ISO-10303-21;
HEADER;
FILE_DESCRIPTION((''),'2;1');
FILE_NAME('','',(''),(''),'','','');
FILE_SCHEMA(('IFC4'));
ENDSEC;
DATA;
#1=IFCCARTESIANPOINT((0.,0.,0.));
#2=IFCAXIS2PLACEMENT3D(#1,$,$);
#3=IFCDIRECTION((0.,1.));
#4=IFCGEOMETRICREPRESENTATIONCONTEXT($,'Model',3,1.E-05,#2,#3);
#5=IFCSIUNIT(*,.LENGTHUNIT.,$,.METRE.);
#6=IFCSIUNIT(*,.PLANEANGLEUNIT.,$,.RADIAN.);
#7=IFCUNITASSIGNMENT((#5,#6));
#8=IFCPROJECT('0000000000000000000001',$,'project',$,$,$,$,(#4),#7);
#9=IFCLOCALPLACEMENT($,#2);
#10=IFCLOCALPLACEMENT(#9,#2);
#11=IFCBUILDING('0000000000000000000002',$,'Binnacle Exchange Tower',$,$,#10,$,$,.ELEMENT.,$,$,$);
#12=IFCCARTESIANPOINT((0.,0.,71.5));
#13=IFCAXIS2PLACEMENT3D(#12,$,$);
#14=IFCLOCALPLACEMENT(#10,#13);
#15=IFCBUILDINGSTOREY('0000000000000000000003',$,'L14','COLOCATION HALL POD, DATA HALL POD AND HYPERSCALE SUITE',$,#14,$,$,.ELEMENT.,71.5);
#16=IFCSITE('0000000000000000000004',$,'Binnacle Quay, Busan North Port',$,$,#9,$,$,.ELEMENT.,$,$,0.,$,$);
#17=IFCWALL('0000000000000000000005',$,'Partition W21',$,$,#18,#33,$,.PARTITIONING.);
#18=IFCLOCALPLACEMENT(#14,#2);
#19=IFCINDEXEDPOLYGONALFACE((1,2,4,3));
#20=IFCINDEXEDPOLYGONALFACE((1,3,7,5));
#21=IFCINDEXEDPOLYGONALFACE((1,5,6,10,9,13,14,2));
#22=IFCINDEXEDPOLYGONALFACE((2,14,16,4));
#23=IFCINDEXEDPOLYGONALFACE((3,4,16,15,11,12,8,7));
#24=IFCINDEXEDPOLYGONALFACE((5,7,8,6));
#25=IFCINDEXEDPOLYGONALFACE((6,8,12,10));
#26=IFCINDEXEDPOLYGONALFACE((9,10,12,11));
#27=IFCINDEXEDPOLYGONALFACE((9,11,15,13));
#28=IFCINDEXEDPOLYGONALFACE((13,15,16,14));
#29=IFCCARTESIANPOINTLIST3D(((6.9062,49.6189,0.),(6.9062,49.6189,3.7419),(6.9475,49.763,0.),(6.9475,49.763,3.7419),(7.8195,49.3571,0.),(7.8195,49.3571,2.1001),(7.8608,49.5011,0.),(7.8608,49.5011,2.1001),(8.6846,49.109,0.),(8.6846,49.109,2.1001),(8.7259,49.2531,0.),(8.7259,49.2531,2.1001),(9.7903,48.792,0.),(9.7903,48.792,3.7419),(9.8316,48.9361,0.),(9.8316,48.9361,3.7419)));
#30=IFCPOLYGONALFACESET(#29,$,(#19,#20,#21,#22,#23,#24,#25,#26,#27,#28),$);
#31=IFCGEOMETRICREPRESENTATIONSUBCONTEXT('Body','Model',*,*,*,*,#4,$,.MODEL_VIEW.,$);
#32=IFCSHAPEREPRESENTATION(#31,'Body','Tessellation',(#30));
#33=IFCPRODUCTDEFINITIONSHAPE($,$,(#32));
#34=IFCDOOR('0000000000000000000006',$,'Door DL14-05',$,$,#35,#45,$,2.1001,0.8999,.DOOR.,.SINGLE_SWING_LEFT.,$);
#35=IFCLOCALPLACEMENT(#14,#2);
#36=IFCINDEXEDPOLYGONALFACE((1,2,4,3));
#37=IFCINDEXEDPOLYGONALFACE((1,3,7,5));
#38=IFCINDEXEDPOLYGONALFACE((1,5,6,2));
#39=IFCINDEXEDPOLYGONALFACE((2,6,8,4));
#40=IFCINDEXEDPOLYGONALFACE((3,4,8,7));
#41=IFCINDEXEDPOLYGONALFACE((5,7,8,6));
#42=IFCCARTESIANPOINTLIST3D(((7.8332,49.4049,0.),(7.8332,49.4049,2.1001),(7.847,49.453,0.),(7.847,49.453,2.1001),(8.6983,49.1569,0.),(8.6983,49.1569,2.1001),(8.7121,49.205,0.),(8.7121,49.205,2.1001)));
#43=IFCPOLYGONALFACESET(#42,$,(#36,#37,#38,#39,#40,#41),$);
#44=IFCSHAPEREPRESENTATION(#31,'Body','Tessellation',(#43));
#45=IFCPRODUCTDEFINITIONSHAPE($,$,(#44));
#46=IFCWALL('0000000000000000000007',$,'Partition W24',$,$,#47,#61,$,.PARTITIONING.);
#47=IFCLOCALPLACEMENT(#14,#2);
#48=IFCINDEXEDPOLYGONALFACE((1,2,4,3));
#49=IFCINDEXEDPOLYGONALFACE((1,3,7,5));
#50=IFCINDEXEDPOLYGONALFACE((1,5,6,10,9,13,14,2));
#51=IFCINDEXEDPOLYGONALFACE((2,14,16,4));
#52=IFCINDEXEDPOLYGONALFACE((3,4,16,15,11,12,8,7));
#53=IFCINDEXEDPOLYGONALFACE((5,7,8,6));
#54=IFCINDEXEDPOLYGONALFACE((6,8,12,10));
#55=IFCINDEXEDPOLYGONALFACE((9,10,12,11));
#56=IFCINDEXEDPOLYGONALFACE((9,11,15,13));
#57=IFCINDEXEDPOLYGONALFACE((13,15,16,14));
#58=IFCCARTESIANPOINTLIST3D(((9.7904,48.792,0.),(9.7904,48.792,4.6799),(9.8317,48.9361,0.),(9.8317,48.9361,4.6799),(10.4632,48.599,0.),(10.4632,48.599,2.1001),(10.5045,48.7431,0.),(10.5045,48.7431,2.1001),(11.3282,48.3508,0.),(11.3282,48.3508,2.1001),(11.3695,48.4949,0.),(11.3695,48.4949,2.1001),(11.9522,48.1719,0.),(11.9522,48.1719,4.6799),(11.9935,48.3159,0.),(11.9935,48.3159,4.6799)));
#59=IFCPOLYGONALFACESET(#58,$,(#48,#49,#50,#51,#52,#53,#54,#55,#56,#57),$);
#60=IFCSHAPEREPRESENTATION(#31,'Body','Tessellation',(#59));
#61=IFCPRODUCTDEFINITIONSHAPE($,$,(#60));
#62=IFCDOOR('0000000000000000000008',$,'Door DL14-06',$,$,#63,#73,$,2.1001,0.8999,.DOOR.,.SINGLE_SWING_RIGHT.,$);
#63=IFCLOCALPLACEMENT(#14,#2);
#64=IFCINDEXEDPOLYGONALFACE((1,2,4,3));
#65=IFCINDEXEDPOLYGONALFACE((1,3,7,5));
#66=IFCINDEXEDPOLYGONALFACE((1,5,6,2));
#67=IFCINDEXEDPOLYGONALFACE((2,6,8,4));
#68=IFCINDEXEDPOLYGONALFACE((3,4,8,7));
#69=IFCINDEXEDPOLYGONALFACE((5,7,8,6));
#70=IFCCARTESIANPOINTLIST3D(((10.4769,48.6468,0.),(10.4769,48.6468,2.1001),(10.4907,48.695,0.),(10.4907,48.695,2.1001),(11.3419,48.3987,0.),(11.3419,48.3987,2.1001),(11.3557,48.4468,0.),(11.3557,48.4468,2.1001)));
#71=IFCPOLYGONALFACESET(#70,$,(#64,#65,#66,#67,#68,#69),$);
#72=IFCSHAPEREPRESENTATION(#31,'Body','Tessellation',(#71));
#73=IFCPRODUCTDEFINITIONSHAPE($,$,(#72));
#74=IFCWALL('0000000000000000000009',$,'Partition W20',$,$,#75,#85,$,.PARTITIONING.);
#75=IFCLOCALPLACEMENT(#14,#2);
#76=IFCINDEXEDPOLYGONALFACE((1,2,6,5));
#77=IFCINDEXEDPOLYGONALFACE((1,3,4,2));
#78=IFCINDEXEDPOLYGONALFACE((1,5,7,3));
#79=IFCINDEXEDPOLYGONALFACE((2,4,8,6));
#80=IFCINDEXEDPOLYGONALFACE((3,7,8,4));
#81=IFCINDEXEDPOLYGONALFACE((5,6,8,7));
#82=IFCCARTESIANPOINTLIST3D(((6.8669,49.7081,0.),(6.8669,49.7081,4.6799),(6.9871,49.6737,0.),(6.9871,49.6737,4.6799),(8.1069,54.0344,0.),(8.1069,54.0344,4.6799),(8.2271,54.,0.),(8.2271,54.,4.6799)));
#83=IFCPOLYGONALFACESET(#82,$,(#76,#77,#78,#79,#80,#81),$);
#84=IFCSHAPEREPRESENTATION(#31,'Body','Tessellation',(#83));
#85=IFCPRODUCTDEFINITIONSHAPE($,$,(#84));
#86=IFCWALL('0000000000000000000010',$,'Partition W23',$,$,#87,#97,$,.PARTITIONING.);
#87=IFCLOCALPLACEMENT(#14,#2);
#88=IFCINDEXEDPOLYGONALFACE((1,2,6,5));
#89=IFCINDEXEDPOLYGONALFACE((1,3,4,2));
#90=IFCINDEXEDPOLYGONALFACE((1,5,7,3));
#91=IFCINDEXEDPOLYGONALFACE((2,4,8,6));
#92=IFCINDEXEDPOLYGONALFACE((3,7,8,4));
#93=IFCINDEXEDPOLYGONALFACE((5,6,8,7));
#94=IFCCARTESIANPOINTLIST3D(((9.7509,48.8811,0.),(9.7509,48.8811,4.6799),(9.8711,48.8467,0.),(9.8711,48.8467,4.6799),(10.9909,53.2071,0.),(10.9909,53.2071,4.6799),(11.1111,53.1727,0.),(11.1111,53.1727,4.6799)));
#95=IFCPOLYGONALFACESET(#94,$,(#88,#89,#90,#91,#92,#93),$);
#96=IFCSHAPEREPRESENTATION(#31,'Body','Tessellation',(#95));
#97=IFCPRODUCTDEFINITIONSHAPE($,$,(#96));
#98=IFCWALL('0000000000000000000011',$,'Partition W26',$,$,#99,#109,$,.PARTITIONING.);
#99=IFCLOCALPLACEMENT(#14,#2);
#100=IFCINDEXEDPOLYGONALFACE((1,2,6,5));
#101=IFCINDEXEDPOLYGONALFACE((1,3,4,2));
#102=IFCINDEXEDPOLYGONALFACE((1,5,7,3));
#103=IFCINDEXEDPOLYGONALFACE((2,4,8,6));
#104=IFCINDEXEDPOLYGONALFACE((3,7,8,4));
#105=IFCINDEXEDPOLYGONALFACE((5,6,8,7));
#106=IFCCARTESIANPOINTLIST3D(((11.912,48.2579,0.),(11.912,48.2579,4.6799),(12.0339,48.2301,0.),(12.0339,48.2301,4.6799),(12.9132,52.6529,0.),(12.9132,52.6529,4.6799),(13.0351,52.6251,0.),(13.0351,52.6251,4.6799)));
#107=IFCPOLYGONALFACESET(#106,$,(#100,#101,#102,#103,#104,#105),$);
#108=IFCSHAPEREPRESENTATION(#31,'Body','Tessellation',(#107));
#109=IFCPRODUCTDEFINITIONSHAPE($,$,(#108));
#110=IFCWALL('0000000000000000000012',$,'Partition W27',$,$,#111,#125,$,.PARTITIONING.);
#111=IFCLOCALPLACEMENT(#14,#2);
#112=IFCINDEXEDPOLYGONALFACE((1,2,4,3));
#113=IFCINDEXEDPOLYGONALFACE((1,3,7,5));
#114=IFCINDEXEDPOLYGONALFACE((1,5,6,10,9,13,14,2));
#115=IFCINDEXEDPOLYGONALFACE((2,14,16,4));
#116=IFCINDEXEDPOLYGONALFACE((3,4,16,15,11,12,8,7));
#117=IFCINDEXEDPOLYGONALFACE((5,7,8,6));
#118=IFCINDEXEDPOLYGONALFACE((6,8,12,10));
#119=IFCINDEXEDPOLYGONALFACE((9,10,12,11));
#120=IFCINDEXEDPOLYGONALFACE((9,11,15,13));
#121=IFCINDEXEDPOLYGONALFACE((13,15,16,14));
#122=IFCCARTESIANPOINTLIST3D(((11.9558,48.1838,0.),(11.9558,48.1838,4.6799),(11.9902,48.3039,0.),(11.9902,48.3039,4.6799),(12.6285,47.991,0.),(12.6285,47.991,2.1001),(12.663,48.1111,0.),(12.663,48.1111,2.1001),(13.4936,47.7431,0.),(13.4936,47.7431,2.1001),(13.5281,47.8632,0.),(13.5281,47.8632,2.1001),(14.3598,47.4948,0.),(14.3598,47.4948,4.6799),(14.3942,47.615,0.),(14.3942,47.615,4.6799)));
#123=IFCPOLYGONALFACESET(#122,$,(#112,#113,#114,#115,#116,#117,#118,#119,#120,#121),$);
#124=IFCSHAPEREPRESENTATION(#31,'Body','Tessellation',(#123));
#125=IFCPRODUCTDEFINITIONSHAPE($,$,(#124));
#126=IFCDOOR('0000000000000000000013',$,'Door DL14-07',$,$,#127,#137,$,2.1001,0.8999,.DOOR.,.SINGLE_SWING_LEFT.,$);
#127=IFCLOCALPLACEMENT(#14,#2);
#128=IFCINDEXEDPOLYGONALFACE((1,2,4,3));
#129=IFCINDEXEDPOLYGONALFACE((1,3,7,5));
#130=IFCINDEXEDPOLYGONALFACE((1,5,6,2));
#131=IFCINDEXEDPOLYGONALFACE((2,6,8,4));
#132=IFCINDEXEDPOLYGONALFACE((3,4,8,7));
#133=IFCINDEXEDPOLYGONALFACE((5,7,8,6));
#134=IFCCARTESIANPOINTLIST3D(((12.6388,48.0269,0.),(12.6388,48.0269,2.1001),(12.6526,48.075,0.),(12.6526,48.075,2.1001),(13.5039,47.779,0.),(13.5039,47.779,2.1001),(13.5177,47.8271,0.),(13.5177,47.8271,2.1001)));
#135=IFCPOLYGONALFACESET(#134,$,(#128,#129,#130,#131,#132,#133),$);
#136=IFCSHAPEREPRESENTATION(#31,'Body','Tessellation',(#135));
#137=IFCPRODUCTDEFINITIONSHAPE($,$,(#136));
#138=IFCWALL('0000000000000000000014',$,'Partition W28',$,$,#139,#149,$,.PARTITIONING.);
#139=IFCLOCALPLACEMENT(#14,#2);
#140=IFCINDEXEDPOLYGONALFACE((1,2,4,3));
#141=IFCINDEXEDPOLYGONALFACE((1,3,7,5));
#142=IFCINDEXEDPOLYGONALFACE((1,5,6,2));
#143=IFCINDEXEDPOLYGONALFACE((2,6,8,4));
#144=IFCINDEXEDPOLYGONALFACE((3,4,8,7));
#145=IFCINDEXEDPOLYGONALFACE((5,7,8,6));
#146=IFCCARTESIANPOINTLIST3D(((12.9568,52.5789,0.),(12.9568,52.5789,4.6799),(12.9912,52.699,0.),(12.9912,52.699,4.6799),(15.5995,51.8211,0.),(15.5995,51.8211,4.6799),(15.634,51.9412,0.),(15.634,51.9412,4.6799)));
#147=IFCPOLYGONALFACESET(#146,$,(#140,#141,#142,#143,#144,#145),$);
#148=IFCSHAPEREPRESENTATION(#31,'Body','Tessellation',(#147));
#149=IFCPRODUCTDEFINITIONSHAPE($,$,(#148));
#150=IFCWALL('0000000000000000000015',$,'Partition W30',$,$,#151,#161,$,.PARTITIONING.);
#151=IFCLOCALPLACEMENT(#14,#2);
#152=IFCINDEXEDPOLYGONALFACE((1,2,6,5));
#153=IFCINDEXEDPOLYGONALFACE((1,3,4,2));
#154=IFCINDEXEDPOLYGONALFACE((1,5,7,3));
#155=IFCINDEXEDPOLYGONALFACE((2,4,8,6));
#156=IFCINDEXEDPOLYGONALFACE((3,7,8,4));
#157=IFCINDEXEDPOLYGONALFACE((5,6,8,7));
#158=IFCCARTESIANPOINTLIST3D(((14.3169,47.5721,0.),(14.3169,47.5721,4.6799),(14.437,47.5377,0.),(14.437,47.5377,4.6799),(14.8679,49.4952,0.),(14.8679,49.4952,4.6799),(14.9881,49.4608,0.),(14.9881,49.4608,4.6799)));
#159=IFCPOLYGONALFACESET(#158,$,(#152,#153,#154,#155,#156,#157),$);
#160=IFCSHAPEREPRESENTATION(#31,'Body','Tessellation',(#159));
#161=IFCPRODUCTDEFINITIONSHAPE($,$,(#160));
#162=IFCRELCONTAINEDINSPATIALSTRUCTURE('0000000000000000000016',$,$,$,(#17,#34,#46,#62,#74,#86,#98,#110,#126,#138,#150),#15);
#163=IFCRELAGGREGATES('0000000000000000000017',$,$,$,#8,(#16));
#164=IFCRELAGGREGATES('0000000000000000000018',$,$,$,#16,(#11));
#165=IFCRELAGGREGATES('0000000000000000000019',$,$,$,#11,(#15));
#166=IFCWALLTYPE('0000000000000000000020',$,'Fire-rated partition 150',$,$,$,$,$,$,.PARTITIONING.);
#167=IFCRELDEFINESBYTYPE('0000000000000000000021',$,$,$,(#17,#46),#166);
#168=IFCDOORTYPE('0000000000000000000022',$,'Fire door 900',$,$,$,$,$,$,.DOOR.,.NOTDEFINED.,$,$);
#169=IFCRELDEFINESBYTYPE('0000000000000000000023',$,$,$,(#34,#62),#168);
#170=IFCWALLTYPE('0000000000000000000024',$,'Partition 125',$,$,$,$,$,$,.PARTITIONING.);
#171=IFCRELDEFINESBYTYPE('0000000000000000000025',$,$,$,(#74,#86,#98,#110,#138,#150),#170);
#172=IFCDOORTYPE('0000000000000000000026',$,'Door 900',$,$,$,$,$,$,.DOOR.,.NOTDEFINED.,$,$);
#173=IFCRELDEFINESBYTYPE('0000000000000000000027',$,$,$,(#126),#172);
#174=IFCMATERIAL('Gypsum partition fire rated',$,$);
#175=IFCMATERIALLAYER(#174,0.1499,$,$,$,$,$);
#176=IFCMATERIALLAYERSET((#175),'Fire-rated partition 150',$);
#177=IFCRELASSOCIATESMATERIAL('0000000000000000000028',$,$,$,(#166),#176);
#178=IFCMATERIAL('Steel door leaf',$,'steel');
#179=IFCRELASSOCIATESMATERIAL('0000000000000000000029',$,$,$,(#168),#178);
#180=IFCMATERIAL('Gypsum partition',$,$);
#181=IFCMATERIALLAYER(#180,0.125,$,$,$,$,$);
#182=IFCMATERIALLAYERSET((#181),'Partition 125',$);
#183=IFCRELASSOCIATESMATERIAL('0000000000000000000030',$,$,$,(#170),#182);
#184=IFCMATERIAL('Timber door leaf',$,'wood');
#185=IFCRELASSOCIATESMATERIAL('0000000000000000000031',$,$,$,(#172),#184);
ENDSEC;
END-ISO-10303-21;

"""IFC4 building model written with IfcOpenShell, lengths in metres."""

from ifc_helpers import new_model, si_unit, direction, frame, frame_2d, origin, place, context, subcontext, project, spatial, rectangle, extrude, material, layer, layer_set, type_object, element, fill, save


model = new_model("IFC4")

# Units and contexts
model_context = context("Model", 3, precision=1e-05, world=origin(), true_north=direction((0.0, 1.0)))
body_context = subcontext(model_context, "Body", "Model", "MODEL_VIEW")
ifc_project = project(units=[si_unit("LENGTHUNIT", "METRE"), si_unit("PLANEANGLEUNIT", "RADIAN")], contexts=[model_context])

# Site, building, storey
site_placement = place(None, origin())
site = spatial("IfcSite", under=ifc_project, at=site_placement, Name="Binnacle Quay, Busan North Port", CompositionType="ELEMENT", RefElevation=0.0)
building_placement = place(site_placement, origin())
building = spatial("IfcBuilding", under=site, at=building_placement, Name="Binnacle Exchange Tower", CompositionType="ELEMENT")
storey_placement = place(building_placement, frame((0.0, 0.0, 71.5)))
storey = spatial("IfcBuildingStorey", under=building, at=storey_placement, Name="L14", Description="COLOCATION HALL POD, DATA HALL POD AND HYPERSCALE SUITE", CompositionType="ELEMENT", Elevation=71.5)

# Walls, openings, doors
ifc_material_1 = material(Name="Gypsum partition fire rated")
ifc_layer_1 = layer(ifc_material_1, 0.1499)
ifc_layer_set_1 = layer_set([ifc_layer_1], Name="Fire-rated partition 150")
wall_type_1 = type_object("IfcWallType", Name="Fire-rated partition 150", PredefinedType="PARTITIONING", material=ifc_layer_set_1)
ifc_material_2 = material(Name="Steel door leaf", Category="steel")
door_type_1 = type_object("IfcDoorType", Name="Fire door 900", OperationType="NOTDEFINED", PredefinedType="DOOR", material=ifc_material_2)
wall_1_placement = place(storey_placement, frame((6.927, 49.6909, 0.0), z_axis=(0.0, 0.0, 1.0), x_axis=(0.961269, -0.275613, 0.0)))
wall_1 = element("IfcWall", 1, at=wall_1_placement, inside=storey, type_object=wall_type_1, Name="Partition W21", PredefinedType="PARTITIONING", context=body_context, shape_type="SweptSolid", body=[
    extrude(rectangle(XDim=3.0002, YDim=0.1499, at=frame_2d((1.5, 0.0))), origin(), (0.0, 0.0, 1.0), 3.7419),
])
opening_1_placement = place(wall_1_placement, frame((0.95, 0.0, 0.0)))
opening_1 = element("IfcOpeningElement", 2, at=opening_1_placement, cuts=wall_1, PredefinedType="OPENING", context=body_context, shape_type="SweptSolid", body=[
    extrude(rectangle(XDim=0.8999, YDim=2.1001, at=frame_2d((0.45, 1.05))), frame((0.0, 0.085, 0.0), z_axis=(0.0, -1.0, 0.0), x_axis=(1.0, 0.0, 0.0)), (0.0, 0.0, 1.0), 0.1699),
])
door_1_placement = place(opening_1_placement, origin())
door_1 = element("IfcDoor", 3, at=door_1_placement, inside=storey, type_object=door_type_1, Name="Door DL14-05", OperationType="SINGLE_SWING_LEFT", OverallHeight=2.1001, OverallWidth=0.8999, PredefinedType="DOOR", context=body_context, shape_type="SweptSolid", body=[
    extrude(rectangle(XDim=0.8999, YDim=2.1001, at=frame_2d((0.45, 1.05))), frame((0.0, 0.0249, 0.0), z_axis=(0.0, -1.0, 0.0), x_axis=(1.0, 0.0, 0.0)), (0.0, 0.0, 1.0), 0.05),
])
fill(opening_1, door_1)
wall_2_placement = place(storey_placement, frame((9.811, 48.864, 0.0), z_axis=(0.0, 0.0, 1.0), x_axis=(0.961237, -0.275725, 0.0)))
wall_2 = element("IfcWall", 4, at=wall_2_placement, inside=storey, type_object=wall_type_1, Name="Partition W24", PredefinedType="PARTITIONING", context=body_context, shape_type="SweptSolid", body=[
    extrude(rectangle(XDim=2.249, YDim=0.1499, at=frame_2d((1.1245, 0.0))), origin(), (0.0, 0.0, 1.0), 4.6799),
])
opening_2_placement = place(wall_2_placement, frame((0.7, 0.0, 0.0)))
opening_2 = element("IfcOpeningElement", 5, at=opening_2_placement, cuts=wall_2, PredefinedType="OPENING", context=body_context, shape_type="SweptSolid", body=[
    extrude(rectangle(XDim=0.8999, YDim=2.1001, at=frame_2d((0.45, 1.05))), frame((0.0, 0.085, 0.0), z_axis=(0.0, -1.0, 0.0), x_axis=(1.0, 0.0, 0.0)), (0.0, 0.0, 1.0), 0.1699),
])
door_2_placement = place(opening_2_placement, origin())
door_2 = element("IfcDoor", 6, at=door_2_placement, inside=storey, type_object=door_type_1, Name="Door DL14-06", OperationType="SINGLE_SWING_RIGHT", OverallHeight=2.1001, OverallWidth=0.8999, PredefinedType="DOOR", context=body_context, shape_type="SweptSolid", body=[
    extrude(rectangle(XDim=0.8999, YDim=2.1001, at=frame_2d((0.45, 1.05))), frame((0.0, 0.0249, 0.0), z_axis=(0.0, -1.0, 0.0), x_axis=(1.0, 0.0, 0.0)), (0.0, 0.0, 1.0), 0.05),
])
fill(opening_2, door_2)

# Walls
ifc_material_3 = material(Name="Gypsum partition")
ifc_layer_2 = layer(ifc_material_3, 0.125)
ifc_layer_set_2 = layer_set([ifc_layer_2], Name="Partition 125")
wall_type_2 = type_object("IfcWallType", Name="Partition 125", PredefinedType="PARTITIONING", material=ifc_layer_set_2)
wall_3_placement = place(storey_placement, frame((6.927, 49.6909, 0.0), z_axis=(0.0, 0.0, 1.0), x_axis=(0.275531, 0.961292, 0.0)))
element("IfcWall", 7, at=wall_3_placement, inside=storey, type_object=wall_type_2, Name="Partition W20", PredefinedType="PARTITIONING", context=body_context, shape_type="SweptSolid", body=[
    extrude(rectangle(XDim=4.5005, YDim=0.125, at=frame_2d((2.2502, 0.0))), origin(), (0.0, 0.0, 1.0), 4.6799),
])
wall_4_placement = place(storey_placement, frame((9.811, 48.864, 0.0), z_axis=(0.0, 0.0, 1.0), x_axis=(0.275545, 0.961288, 0.0)))
element("IfcWall", 8, at=wall_4_placement, inside=storey, type_object=wall_type_2, Name="Partition W23", PredefinedType="PARTITIONING", context=body_context, shape_type="SweptSolid", body=[
    extrude(rectangle(XDim=4.5002, YDim=0.125, at=frame_2d((2.25, 0.0))), origin(), (0.0, 0.0, 1.0), 4.6799),
])
wall_5_placement = place(storey_placement, frame((11.9729, 48.2439, 0.0), z_axis=(0.0, 0.0, 1.0), x_axis=(0.222117, 0.97502, 0.0)))
element("IfcWall", 9, at=wall_5_placement, inside=storey, type_object=wall_type_2, Name="Partition W26", PredefinedType="PARTITIONING", context=body_context, shape_type="SweptSolid", body=[
    extrude(rectangle(XDim=4.5076, YDim=0.125, at=frame_2d((2.2539, 0.0))), origin(), (0.0, 0.0, 1.0), 4.6799),
])

# Wall, opening, door
wall_6_placement = place(storey_placement, frame((11.9729, 48.2439, 0.0), z_axis=(0.0, 0.0, 1.0), x_axis=(0.961303, -0.275495, 0.0)))
wall_6 = element("IfcWall", 10, at=wall_6_placement, inside=storey, type_object=wall_type_2, Name="Partition W27", PredefinedType="PARTITIONING", context=body_context, shape_type="SweptSolid", body=[
    extrude(rectangle(XDim=2.5007, YDim=0.125, at=frame_2d((1.2505, 0.0))), origin(), (0.0, 0.0, 1.0), 4.6799),
])
opening_3_placement = place(wall_6_placement, frame((0.7, 0.0, 0.0)))
opening_3 = element("IfcOpeningElement", 11, at=opening_3_placement, cuts=wall_6, PredefinedType="OPENING", context=body_context, shape_type="SweptSolid", body=[
    extrude(rectangle(XDim=0.8999, YDim=2.1001, at=frame_2d((0.45, 1.05))), frame((0.0, 0.0725, 0.0), z_axis=(0.0, -1.0, 0.0), x_axis=(1.0, 0.0, 0.0)), (0.0, 0.0, 1.0), 0.145),
])
ifc_material_4 = material(Name="Timber door leaf", Category="wood")
door_type_2 = type_object("IfcDoorType", Name="Door 900", OperationType="NOTDEFINED", PredefinedType="DOOR", material=ifc_material_4)
door_3_placement = place(opening_3_placement, origin())
door_3 = element("IfcDoor", 12, at=door_3_placement, inside=storey, type_object=door_type_2, Name="Door DL14-07", OperationType="SINGLE_SWING_LEFT", OverallHeight=2.1001, OverallWidth=0.8999, PredefinedType="DOOR", context=body_context, shape_type="SweptSolid", body=[
    extrude(rectangle(XDim=0.8999, YDim=2.1001, at=frame_2d((0.45, 1.05))), frame((0.0, 0.0249, 0.0), z_axis=(0.0, -1.0, 0.0), x_axis=(1.0, 0.0, 0.0)), (0.0, 0.0, 1.0), 0.05),
])
fill(opening_3, door_3)

# Walls
wall_7_placement = place(storey_placement, frame((12.9741, 52.6389, 0.0), z_axis=(0.0, 0.0, 1.0), x_axis=(0.961262, -0.275636, 0.0)))
element("IfcWall", 13, at=wall_7_placement, inside=storey, type_object=wall_type_2, Name="Partition W28", PredefinedType="PARTITIONING", context=body_context, shape_type="SweptSolid", body=[
    extrude(rectangle(XDim=2.7493, YDim=0.125, at=frame_2d((1.3745, 0.0))), origin(), (0.0, 0.0, 1.0), 4.6799),
])
wall_8_placement = place(storey_placement, frame((14.377, 47.5549, 0.0), z_axis=(0.0, 0.0, 1.0), x_axis=(0.275446, 0.961316, 0.0)))
element("IfcWall", 14, at=wall_8_placement, inside=storey, type_object=wall_type_2, Name="Partition W30", PredefinedType="PARTITIONING", context=body_context, shape_type="SweptSolid", body=[
    extrude(rectangle(XDim=2.0005, YDim=0.125, at=frame_2d((1.0002, 0.0))), origin(), (0.0, 0.0, 1.0), 4.6799),
])

save(model, "model.ifc")
